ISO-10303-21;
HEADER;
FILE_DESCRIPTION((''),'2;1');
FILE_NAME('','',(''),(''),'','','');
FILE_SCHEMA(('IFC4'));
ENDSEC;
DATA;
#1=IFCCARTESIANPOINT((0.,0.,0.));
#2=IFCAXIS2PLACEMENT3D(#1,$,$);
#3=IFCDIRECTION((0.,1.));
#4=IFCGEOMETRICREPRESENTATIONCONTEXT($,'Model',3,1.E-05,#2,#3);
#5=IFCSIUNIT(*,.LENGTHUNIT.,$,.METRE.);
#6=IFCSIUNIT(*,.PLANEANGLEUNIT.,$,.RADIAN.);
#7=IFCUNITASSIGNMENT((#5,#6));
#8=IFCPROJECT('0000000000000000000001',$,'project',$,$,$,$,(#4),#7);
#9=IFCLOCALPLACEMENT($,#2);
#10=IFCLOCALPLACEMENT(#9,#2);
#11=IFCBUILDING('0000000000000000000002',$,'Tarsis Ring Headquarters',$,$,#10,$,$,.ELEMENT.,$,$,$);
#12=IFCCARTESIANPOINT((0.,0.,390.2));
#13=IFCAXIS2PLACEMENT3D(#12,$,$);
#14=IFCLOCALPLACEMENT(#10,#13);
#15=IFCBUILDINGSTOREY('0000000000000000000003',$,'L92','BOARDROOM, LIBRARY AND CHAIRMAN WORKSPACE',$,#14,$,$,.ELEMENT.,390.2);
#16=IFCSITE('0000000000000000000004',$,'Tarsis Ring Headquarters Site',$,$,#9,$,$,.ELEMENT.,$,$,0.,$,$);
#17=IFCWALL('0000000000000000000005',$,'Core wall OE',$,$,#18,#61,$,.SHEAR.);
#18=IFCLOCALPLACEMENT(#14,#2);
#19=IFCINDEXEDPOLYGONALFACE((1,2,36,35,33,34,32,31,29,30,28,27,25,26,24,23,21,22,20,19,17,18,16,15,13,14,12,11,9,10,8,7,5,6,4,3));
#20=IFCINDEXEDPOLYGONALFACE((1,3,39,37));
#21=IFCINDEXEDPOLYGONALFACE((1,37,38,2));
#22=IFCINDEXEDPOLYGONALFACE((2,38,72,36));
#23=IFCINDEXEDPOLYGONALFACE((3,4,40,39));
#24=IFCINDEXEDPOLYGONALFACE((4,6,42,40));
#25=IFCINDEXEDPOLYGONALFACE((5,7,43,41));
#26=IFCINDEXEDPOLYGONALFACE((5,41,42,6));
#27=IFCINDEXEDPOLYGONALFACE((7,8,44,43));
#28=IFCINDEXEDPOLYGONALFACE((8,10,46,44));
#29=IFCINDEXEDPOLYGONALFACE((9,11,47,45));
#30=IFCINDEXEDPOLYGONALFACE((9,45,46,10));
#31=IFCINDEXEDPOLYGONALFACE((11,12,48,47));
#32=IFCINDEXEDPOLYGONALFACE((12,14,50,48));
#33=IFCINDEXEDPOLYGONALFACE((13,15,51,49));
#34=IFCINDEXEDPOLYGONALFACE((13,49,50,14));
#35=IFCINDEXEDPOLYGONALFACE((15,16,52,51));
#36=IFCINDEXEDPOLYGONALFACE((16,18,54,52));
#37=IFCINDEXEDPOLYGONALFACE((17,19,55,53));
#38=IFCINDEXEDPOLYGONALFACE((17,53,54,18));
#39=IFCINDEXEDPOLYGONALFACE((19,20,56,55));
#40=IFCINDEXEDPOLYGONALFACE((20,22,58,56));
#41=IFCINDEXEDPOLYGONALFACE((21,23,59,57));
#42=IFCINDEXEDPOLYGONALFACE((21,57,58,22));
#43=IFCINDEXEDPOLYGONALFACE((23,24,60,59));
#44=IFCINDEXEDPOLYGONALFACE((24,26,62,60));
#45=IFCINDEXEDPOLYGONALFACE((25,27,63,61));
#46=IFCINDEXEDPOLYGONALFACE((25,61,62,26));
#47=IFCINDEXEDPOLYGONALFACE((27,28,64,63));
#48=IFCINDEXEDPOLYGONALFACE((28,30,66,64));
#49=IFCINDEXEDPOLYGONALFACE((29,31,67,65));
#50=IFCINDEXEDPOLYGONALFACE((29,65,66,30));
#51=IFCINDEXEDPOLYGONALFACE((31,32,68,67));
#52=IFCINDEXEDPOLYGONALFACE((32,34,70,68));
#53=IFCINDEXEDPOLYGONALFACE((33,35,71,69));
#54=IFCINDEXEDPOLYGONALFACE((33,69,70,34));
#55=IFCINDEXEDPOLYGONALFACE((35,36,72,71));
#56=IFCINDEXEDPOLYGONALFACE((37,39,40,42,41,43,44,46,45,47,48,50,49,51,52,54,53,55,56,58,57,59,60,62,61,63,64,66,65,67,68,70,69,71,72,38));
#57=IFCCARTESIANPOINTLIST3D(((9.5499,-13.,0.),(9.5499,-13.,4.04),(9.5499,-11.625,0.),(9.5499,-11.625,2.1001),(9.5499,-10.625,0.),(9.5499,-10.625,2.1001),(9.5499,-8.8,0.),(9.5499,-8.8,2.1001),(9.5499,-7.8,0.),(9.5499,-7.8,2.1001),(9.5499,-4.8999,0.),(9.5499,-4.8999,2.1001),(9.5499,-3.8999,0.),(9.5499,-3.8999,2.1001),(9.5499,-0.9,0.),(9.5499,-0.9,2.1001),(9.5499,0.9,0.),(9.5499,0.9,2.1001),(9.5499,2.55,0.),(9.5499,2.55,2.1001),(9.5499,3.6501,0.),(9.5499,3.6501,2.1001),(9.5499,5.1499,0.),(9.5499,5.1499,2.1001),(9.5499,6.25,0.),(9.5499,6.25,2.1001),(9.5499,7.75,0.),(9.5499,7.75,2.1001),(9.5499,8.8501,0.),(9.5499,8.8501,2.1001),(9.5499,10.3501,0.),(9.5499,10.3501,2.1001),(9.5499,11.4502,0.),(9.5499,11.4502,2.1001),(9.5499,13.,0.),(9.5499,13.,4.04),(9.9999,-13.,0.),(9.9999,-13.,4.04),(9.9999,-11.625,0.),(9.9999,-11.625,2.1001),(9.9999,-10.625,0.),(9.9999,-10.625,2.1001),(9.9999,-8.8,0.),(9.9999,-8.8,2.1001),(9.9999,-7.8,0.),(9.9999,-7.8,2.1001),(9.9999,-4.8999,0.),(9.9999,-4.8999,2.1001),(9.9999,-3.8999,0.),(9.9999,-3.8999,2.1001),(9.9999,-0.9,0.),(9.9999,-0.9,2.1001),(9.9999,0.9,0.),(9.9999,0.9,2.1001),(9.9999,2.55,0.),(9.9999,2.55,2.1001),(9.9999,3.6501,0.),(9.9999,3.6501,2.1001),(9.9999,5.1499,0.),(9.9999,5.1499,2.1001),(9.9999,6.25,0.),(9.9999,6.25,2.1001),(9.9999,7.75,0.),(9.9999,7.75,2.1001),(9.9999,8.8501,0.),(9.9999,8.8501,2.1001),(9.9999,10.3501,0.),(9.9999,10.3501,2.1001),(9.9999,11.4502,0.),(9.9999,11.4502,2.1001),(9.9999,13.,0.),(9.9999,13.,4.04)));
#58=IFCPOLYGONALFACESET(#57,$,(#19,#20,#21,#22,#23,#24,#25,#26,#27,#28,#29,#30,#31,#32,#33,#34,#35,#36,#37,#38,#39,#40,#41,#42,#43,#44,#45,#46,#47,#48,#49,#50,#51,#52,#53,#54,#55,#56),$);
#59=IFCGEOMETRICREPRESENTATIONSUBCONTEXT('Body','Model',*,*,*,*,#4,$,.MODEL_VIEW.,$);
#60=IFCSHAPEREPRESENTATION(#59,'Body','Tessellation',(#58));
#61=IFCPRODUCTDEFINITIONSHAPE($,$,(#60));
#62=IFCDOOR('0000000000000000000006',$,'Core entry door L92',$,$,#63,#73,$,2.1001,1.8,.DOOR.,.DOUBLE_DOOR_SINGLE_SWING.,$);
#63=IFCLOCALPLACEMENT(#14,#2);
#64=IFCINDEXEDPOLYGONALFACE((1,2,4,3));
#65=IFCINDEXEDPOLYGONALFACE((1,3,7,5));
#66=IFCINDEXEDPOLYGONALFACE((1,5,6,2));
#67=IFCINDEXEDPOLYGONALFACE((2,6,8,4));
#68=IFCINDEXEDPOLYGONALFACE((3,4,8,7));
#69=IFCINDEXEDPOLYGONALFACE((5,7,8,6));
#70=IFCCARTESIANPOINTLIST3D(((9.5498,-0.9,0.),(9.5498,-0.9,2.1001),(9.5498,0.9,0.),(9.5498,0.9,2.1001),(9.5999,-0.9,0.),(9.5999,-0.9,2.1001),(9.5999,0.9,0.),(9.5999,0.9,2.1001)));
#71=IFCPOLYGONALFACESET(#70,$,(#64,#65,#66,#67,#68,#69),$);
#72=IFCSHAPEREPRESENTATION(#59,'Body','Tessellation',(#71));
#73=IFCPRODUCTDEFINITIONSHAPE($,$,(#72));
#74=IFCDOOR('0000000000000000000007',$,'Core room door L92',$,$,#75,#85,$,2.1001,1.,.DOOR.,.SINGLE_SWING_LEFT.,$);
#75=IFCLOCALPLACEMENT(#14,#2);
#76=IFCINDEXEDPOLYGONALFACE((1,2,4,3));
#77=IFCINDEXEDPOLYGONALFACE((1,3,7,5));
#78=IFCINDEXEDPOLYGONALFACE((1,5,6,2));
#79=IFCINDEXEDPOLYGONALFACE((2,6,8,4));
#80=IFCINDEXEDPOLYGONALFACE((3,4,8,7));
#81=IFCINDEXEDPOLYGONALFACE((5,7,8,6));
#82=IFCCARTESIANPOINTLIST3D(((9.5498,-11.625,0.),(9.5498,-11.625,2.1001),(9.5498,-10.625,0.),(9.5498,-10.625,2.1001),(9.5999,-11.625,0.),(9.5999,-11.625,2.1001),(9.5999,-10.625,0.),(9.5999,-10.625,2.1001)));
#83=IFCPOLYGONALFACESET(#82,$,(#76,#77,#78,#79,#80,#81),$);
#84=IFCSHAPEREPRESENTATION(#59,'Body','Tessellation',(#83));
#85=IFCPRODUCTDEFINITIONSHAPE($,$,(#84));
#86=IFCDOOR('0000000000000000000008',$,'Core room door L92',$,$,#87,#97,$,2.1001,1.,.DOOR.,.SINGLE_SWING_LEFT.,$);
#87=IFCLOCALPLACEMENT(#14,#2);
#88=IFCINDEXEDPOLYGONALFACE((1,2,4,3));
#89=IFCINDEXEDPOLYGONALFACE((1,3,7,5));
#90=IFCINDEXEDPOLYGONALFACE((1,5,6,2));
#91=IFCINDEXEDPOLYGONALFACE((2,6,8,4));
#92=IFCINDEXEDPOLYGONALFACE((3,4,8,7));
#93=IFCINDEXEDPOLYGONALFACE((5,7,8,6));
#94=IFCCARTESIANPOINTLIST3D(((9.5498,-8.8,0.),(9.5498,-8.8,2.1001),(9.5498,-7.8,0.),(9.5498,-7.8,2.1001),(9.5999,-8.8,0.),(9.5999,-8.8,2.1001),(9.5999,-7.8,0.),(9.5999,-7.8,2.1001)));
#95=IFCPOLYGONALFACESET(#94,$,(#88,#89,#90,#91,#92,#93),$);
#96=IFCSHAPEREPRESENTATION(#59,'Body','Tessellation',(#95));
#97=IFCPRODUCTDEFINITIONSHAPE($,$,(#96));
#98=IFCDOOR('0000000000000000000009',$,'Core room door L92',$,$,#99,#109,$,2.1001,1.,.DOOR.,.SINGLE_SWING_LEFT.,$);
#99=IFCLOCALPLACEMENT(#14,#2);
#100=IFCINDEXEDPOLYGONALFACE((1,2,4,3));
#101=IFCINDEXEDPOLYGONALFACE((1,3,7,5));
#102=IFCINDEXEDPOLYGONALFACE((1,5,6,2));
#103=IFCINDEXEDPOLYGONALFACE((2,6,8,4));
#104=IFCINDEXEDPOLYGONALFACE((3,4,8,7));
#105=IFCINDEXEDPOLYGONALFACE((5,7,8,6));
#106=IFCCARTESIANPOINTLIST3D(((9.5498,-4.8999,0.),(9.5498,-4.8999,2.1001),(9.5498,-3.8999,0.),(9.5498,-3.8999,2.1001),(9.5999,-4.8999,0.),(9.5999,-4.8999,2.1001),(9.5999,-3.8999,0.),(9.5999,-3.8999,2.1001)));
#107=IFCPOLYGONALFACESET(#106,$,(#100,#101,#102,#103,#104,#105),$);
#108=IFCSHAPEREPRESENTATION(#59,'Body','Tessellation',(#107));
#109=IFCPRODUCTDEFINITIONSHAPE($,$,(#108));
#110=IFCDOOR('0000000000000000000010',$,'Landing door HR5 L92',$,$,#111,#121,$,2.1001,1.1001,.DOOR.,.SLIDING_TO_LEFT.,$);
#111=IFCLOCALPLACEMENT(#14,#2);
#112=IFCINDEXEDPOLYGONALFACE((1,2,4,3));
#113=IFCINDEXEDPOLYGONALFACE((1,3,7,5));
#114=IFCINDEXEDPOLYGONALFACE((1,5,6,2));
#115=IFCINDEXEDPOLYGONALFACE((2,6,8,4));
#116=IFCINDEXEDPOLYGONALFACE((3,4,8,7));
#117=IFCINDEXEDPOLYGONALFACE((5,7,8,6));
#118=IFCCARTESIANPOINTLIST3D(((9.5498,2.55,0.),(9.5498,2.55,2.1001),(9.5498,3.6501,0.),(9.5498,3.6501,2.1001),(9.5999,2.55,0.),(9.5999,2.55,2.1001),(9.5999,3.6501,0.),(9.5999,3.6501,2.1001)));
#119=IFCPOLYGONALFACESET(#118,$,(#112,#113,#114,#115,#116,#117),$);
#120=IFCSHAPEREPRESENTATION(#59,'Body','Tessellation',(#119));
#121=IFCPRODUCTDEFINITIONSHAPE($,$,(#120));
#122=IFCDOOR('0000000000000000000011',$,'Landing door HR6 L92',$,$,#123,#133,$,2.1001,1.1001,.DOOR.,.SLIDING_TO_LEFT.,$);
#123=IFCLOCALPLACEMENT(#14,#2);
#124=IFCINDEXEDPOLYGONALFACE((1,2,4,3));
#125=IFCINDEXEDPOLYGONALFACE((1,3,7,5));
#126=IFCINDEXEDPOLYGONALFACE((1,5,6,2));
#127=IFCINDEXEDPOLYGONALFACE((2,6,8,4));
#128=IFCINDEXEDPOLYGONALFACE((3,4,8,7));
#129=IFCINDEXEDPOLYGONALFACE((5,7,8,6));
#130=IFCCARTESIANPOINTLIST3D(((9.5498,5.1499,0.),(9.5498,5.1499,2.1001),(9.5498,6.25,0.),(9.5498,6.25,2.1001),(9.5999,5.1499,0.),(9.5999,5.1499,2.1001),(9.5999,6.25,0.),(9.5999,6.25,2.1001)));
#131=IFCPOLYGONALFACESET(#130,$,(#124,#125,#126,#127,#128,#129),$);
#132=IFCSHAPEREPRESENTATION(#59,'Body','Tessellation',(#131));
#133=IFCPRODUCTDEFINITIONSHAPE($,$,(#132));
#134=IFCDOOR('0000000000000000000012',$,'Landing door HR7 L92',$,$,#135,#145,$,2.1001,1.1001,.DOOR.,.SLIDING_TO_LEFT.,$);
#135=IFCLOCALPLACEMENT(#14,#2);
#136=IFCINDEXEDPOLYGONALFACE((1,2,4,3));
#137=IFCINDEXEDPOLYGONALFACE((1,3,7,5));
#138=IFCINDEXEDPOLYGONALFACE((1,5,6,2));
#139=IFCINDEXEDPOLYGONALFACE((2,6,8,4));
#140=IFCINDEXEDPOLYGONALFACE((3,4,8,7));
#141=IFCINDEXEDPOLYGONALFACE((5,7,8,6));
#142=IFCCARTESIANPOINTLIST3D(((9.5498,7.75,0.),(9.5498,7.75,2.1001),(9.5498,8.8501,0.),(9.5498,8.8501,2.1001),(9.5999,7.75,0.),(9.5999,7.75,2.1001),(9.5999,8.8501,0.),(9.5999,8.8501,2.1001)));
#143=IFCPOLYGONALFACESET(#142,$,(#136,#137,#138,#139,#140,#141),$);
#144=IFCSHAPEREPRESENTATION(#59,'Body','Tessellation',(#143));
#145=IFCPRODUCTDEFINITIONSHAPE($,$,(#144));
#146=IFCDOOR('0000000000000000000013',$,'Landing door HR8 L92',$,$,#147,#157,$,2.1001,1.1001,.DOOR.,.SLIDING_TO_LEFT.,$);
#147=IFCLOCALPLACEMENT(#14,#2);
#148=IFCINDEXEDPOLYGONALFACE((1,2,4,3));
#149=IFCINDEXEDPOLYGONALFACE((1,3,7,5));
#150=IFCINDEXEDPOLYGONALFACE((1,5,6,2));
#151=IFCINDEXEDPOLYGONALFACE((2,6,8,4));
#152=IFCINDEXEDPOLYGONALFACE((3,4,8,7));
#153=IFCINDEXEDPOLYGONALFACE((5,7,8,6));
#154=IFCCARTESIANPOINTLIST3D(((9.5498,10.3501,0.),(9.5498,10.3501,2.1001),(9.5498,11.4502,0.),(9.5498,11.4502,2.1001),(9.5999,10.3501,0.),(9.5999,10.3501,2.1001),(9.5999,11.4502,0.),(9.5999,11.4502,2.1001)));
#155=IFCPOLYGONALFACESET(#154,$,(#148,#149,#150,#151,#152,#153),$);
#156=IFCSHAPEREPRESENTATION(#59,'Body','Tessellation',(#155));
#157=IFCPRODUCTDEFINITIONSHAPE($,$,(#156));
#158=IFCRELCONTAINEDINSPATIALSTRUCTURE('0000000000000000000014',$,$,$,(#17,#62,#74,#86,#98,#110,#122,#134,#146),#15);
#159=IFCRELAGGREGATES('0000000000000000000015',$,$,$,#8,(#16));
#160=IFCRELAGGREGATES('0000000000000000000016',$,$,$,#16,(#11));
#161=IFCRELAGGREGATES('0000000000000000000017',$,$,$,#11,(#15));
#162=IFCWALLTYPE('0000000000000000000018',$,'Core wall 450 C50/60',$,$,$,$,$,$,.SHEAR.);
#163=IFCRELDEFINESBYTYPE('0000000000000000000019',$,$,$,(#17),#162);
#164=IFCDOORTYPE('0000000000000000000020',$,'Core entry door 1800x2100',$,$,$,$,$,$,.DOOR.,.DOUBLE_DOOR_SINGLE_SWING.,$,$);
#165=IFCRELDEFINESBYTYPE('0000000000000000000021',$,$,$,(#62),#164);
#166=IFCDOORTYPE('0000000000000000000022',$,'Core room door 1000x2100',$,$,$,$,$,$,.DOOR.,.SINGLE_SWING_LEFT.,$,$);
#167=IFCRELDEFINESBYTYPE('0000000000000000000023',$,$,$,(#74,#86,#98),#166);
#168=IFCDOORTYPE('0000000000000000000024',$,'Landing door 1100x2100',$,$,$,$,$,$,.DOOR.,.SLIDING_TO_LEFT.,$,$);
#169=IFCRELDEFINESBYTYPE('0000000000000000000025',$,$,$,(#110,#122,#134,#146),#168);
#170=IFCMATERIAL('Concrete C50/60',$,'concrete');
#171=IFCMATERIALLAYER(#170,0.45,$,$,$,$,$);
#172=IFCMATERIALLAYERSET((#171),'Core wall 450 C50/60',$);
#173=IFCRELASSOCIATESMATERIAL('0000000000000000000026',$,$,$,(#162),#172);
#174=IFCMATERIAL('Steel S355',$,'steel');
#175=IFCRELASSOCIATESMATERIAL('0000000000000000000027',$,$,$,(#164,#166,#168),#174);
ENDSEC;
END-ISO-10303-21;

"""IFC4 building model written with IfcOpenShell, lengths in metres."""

from ifc_helpers import new_model, si_unit, direction, frame, frame_2d, origin, place, context, subcontext, project, spatial, rectangle, extrude, material, layer, layer_set, type_object, element, fill, save


model = new_model("IFC4")

# Units and contexts
model_context = context("Model", 3, precision=1e-05, world=origin(), true_north=direction((0.0, 1.0)))
body_context = subcontext(model_context, "Body", "Model", "MODEL_VIEW")
ifc_project = project(units=[si_unit("LENGTHUNIT", "METRE"), si_unit("PLANEANGLEUNIT", "RADIAN")], contexts=[model_context])

# Site, building, storey
site_placement = place(None, origin())
site = spatial("IfcSite", under=ifc_project, at=site_placement, Name="Tarsis Ring Headquarters Site", CompositionType="ELEMENT", RefElevation=0.0)
building_placement = place(site_placement, origin())
building = spatial("IfcBuilding", under=site, at=building_placement, Name="Tarsis Ring Headquarters", CompositionType="ELEMENT")
storey_placement = place(building_placement, frame((0.0, 0.0, 390.2)))
storey = spatial("IfcBuildingStorey", under=building, at=storey_placement, Name="L92", Description="BOARDROOM, LIBRARY AND CHAIRMAN WORKSPACE", CompositionType="ELEMENT", Elevation=390.2)

# Wall, openings, doors
ifc_material_1 = material(Name="Concrete C50/60", Category="concrete")
ifc_layer_1 = layer(ifc_material_1, 0.45)
ifc_layer_set_1 = layer_set([ifc_layer_1], Name="Core wall 450 C50/60")
wall_type_1 = type_object("IfcWallType", Name="Core wall 450 C50/60", PredefinedType="SHEAR", material=ifc_layer_set_1)
wall_1_placement = place(storey_placement, frame((9.7749, -13.0, 0.0), z_axis=(0.0, 0.0, 1.0), x_axis=(0.0, 1.0, 0.0)))
wall_1 = element("IfcWall", 1, at=wall_1_placement, inside=storey, type_object=wall_type_1, Name="Core wall OE", PredefinedType="SHEAR", context=body_context, shape_type="SweptSolid", body=[
    extrude(rectangle(XDim=26.0, YDim=0.45, at=frame_2d((13.0, 0.0))), origin(), (0.0, 0.0, 1.0), 4.04),
])
opening_1_placement = place(wall_1_placement, frame((1.375, 0.0, 0.0)))
opening_1 = element("IfcOpeningElement", 2, at=opening_1_placement, cuts=wall_1, PredefinedType="OPENING", context=body_context, shape_type="SweptSolid", body=[
    extrude(rectangle(XDim=1.0, YDim=2.1001, at=frame_2d((0.5, 1.05))), frame((0.0, 0.2349, 0.0), z_axis=(0.0, -1.0, 0.0), x_axis=(1.0, 0.0, 0.0)), (0.0, 0.0, 1.0), 0.47),
])
opening_2_placement = place(wall_1_placement, frame((4.2, 0.0, 0.0)))
opening_2 = element("IfcOpeningElement", 3, at=opening_2_placement, cuts=wall_1, PredefinedType="OPENING", context=body_context, shape_type="SweptSolid", body=[
    extrude(rectangle(XDim=1.0, YDim=2.1001, at=frame_2d((0.5, 1.05))), frame((0.0, 0.2349, 0.0), z_axis=(0.0, -1.0, 0.0), x_axis=(1.0, 0.0, 0.0)), (0.0, 0.0, 1.0), 0.47),
])
opening_3_placement = place(wall_1_placement, frame((8.1001, 0.0, 0.0)))
opening_3 = element("IfcOpeningElement", 4, at=opening_3_placement, cuts=wall_1, PredefinedType="OPENING", context=body_context, shape_type="SweptSolid", body=[
    extrude(rectangle(XDim=1.0, YDim=2.1001, at=frame_2d((0.5, 1.05))), frame((0.0, 0.2349, 0.0), z_axis=(0.0, -1.0, 0.0), x_axis=(1.0, 0.0, 0.0)), (0.0, 0.0, 1.0), 0.47),
])
opening_4_placement = place(wall_1_placement, frame((12.1001, 0.0, 0.0)))
opening_4 = element("IfcOpeningElement", 5, at=opening_4_placement, cuts=wall_1, PredefinedType="OPENING", context=body_context, shape_type="SweptSolid", body=[
    extrude(rectangle(XDim=1.8, YDim=2.1001, at=frame_2d((0.8999, 1.05))), frame((0.0, 0.2349, 0.0), z_axis=(0.0, -1.0, 0.0), x_axis=(1.0, 0.0, 0.0)), (0.0, 0.0, 1.0), 0.47),
])
opening_5_placement = place(wall_1_placement, frame((15.55, 0.0, 0.0)))
opening_5 = element("IfcOpeningElement", 6, at=opening_5_placement, cuts=wall_1, PredefinedType="OPENING", context=body_context, shape_type="SweptSolid", body=[
    extrude(rectangle(XDim=1.1001, YDim=2.1001, at=frame_2d((0.55, 1.05))), frame((0.0, 0.2349, 0.0), z_axis=(0.0, -1.0, 0.0), x_axis=(1.0, 0.0, 0.0)), (0.0, 0.0, 1.0), 0.47),
])
opening_6_placement = place(wall_1_placement, frame((18.1499, 0.0, 0.0)))
opening_6 = element("IfcOpeningElement", 7, at=opening_6_placement, cuts=wall_1, PredefinedType="OPENING", context=body_context, shape_type="SweptSolid", body=[
    extrude(rectangle(XDim=1.1001, YDim=2.1001, at=frame_2d((0.55, 1.05))), frame((0.0, 0.2349, 0.0), z_axis=(0.0, -1.0, 0.0), x_axis=(1.0, 0.0, 0.0)), (0.0, 0.0, 1.0), 0.47),
])
opening_7_placement = place(wall_1_placement, frame((20.75, 0.0, 0.0)))
opening_7 = element("IfcOpeningElement", 8, at=opening_7_placement, cuts=wall_1, PredefinedType="OPENING", context=body_context, shape_type="SweptSolid", body=[
    extrude(rectangle(XDim=1.1001, YDim=2.1001, at=frame_2d((0.55, 1.05))), frame((0.0, 0.2349, 0.0), z_axis=(0.0, -1.0, 0.0), x_axis=(1.0, 0.0, 0.0)), (0.0, 0.0, 1.0), 0.47),
])
opening_8_placement = place(wall_1_placement, frame((23.3501, 0.0, 0.0)))
opening_8 = element("IfcOpeningElement", 9, at=opening_8_placement, cuts=wall_1, PredefinedType="OPENING", context=body_context, shape_type="SweptSolid", body=[
    extrude(rectangle(XDim=1.1001, YDim=2.1001, at=frame_2d((0.55, 1.05))), frame((0.0, 0.2349, 0.0), z_axis=(0.0, -1.0, 0.0), x_axis=(1.0, 0.0, 0.0)), (0.0, 0.0, 1.0), 0.47),
])
ifc_material_2 = material(Name="Steel S355", Category="steel")
door_type_1 = type_object("IfcDoorType", Name="Core entry door 1800x2100", OperationType="DOUBLE_DOOR_SINGLE_SWING", PredefinedType="DOOR", material=ifc_material_2)
door_1_placement = place(opening_4_placement, origin())
door_1 = element("IfcDoor", 10, at=door_1_placement, inside=storey, type_object=door_type_1, Name="Core entry door L92", OperationType="DOUBLE_DOOR_SINGLE_SWING", OverallHeight=2.1001, OverallWidth=1.8, PredefinedType="DOOR", context=body_context, shape_type="SweptSolid", body=[
    extrude(rectangle(XDim=1.8, YDim=2.1001, at=frame_2d((0.8999, 1.05))), frame((0.0, 0.2251, 0.0), z_axis=(0.0, -1.0, 0.0), x_axis=(1.0, 0.0, 0.0)), (0.0, 0.0, 1.0), 0.05),
])
fill(opening_4, door_1)
door_type_2 = type_object("IfcDoorType", Name="Core room door 1000x2100", OperationType="SINGLE_SWING_LEFT", PredefinedType="DOOR", material=ifc_material_2)
door_2_placement = place(opening_1_placement, origin())
door_2 = element("IfcDoor", 11, at=door_2_placement, inside=storey, type_object=door_type_2, Name="Core room door L92", OperationType="SINGLE_SWING_LEFT", OverallHeight=2.1001, OverallWidth=1.0, PredefinedType="DOOR", context=body_context, shape_type="SweptSolid", body=[
    extrude(rectangle(XDim=1.0, YDim=2.1001, at=frame_2d((0.5, 1.05))), frame((0.0, 0.2251, 0.0), z_axis=(0.0, -1.0, 0.0), x_axis=(1.0, 0.0, 0.0)), (0.0, 0.0, 1.0), 0.05),
])
fill(opening_1, door_2)
door_3_placement = place(opening_2_placement, origin())
door_3 = element("IfcDoor", 12, at=door_3_placement, inside=storey, type_object=door_type_2, Name="Core room door L92", OperationType="SINGLE_SWING_LEFT", OverallHeight=2.1001, OverallWidth=1.0, PredefinedType="DOOR", context=body_context, shape_type="SweptSolid", body=[
    extrude(rectangle(XDim=1.0, YDim=2.1001, at=frame_2d((0.5, 1.05))), frame((0.0, 0.2251, 0.0), z_axis=(0.0, -1.0, 0.0), x_axis=(1.0, 0.0, 0.0)), (0.0, 0.0, 1.0), 0.05),
])
fill(opening_2, door_3)
door_4_placement = place(opening_3_placement, origin())
door_4 = element("IfcDoor", 13, at=door_4_placement, inside=storey, type_object=door_type_2, Name="Core room door L92", OperationType="SINGLE_SWING_LEFT", OverallHeight=2.1001, OverallWidth=1.0, PredefinedType="DOOR", context=body_context, shape_type="SweptSolid", body=[
    extrude(rectangle(XDim=1.0, YDim=2.1001, at=frame_2d((0.5, 1.05))), frame((0.0, 0.2251, 0.0), z_axis=(0.0, -1.0, 0.0), x_axis=(1.0, 0.0, 0.0)), (0.0, 0.0, 1.0), 0.05),
])
fill(opening_3, door_4)
door_type_3 = type_object("IfcDoorType", Name="Landing door 1100x2100", OperationType="SLIDING_TO_LEFT", PredefinedType="DOOR", material=ifc_material_2)
door_5_placement = place(opening_5_placement, origin())
door_5 = element("IfcDoor", 14, at=door_5_placement, inside=storey, type_object=door_type_3, Name="Landing door HR5 L92", OperationType="SLIDING_TO_LEFT", OverallHeight=2.1001, OverallWidth=1.1001, PredefinedType="DOOR", context=body_context, shape_type="SweptSolid", body=[
    extrude(rectangle(XDim=1.1001, YDim=2.1001, at=frame_2d((0.55, 1.05))), frame((0.0, 0.2251, 0.0), z_axis=(0.0, -1.0, 0.0), x_axis=(1.0, 0.0, 0.0)), (0.0, 0.0, 1.0), 0.05),
])
fill(opening_5, door_5)
door_6_placement = place(opening_6_placement, origin())
door_6 = element("IfcDoor", 15, at=door_6_placement, inside=storey, type_object=door_type_3, Name="Landing door HR6 L92", OperationType="SLIDING_TO_LEFT", OverallHeight=2.1001, OverallWidth=1.1001, PredefinedType="DOOR", context=body_context, shape_type="SweptSolid", body=[
    extrude(rectangle(XDim=1.1001, YDim=2.1001, at=frame_2d((0.55, 1.05))), frame((0.0, 0.2251, 0.0), z_axis=(0.0, -1.0, 0.0), x_axis=(1.0, 0.0, 0.0)), (0.0, 0.0, 1.0), 0.05),
])
fill(opening_6, door_6)
door_7_placement = place(opening_7_placement, origin())
door_7 = element("IfcDoor", 16, at=door_7_placement, inside=storey, type_object=door_type_3, Name="Landing door HR7 L92", OperationType="SLIDING_TO_LEFT", OverallHeight=2.1001, OverallWidth=1.1001, PredefinedType="DOOR", context=body_context, shape_type="SweptSolid", body=[
    extrude(rectangle(XDim=1.1001, YDim=2.1001, at=frame_2d((0.55, 1.05))), frame((0.0, 0.2251, 0.0), z_axis=(0.0, -1.0, 0.0), x_axis=(1.0, 0.0, 0.0)), (0.0, 0.0, 1.0), 0.05),
])
fill(opening_7, door_7)
door_8_placement = place(opening_8_placement, origin())
door_8 = element("IfcDoor", 17, at=door_8_placement, inside=storey, type_object=door_type_3, Name="Landing door HR8 L92", OperationType="SLIDING_TO_LEFT", OverallHeight=2.1001, OverallWidth=1.1001, PredefinedType="DOOR", context=body_context, shape_type="SweptSolid", body=[
    extrude(rectangle(XDim=1.1001, YDim=2.1001, at=frame_2d((0.55, 1.05))), frame((0.0, 0.2251, 0.0), z_axis=(0.0, -1.0, 0.0), x_axis=(1.0, 0.0, 0.0)), (0.0, 0.0, 1.0), 0.05),
])
fill(opening_8, door_8)

save(model, "model.ifc")
